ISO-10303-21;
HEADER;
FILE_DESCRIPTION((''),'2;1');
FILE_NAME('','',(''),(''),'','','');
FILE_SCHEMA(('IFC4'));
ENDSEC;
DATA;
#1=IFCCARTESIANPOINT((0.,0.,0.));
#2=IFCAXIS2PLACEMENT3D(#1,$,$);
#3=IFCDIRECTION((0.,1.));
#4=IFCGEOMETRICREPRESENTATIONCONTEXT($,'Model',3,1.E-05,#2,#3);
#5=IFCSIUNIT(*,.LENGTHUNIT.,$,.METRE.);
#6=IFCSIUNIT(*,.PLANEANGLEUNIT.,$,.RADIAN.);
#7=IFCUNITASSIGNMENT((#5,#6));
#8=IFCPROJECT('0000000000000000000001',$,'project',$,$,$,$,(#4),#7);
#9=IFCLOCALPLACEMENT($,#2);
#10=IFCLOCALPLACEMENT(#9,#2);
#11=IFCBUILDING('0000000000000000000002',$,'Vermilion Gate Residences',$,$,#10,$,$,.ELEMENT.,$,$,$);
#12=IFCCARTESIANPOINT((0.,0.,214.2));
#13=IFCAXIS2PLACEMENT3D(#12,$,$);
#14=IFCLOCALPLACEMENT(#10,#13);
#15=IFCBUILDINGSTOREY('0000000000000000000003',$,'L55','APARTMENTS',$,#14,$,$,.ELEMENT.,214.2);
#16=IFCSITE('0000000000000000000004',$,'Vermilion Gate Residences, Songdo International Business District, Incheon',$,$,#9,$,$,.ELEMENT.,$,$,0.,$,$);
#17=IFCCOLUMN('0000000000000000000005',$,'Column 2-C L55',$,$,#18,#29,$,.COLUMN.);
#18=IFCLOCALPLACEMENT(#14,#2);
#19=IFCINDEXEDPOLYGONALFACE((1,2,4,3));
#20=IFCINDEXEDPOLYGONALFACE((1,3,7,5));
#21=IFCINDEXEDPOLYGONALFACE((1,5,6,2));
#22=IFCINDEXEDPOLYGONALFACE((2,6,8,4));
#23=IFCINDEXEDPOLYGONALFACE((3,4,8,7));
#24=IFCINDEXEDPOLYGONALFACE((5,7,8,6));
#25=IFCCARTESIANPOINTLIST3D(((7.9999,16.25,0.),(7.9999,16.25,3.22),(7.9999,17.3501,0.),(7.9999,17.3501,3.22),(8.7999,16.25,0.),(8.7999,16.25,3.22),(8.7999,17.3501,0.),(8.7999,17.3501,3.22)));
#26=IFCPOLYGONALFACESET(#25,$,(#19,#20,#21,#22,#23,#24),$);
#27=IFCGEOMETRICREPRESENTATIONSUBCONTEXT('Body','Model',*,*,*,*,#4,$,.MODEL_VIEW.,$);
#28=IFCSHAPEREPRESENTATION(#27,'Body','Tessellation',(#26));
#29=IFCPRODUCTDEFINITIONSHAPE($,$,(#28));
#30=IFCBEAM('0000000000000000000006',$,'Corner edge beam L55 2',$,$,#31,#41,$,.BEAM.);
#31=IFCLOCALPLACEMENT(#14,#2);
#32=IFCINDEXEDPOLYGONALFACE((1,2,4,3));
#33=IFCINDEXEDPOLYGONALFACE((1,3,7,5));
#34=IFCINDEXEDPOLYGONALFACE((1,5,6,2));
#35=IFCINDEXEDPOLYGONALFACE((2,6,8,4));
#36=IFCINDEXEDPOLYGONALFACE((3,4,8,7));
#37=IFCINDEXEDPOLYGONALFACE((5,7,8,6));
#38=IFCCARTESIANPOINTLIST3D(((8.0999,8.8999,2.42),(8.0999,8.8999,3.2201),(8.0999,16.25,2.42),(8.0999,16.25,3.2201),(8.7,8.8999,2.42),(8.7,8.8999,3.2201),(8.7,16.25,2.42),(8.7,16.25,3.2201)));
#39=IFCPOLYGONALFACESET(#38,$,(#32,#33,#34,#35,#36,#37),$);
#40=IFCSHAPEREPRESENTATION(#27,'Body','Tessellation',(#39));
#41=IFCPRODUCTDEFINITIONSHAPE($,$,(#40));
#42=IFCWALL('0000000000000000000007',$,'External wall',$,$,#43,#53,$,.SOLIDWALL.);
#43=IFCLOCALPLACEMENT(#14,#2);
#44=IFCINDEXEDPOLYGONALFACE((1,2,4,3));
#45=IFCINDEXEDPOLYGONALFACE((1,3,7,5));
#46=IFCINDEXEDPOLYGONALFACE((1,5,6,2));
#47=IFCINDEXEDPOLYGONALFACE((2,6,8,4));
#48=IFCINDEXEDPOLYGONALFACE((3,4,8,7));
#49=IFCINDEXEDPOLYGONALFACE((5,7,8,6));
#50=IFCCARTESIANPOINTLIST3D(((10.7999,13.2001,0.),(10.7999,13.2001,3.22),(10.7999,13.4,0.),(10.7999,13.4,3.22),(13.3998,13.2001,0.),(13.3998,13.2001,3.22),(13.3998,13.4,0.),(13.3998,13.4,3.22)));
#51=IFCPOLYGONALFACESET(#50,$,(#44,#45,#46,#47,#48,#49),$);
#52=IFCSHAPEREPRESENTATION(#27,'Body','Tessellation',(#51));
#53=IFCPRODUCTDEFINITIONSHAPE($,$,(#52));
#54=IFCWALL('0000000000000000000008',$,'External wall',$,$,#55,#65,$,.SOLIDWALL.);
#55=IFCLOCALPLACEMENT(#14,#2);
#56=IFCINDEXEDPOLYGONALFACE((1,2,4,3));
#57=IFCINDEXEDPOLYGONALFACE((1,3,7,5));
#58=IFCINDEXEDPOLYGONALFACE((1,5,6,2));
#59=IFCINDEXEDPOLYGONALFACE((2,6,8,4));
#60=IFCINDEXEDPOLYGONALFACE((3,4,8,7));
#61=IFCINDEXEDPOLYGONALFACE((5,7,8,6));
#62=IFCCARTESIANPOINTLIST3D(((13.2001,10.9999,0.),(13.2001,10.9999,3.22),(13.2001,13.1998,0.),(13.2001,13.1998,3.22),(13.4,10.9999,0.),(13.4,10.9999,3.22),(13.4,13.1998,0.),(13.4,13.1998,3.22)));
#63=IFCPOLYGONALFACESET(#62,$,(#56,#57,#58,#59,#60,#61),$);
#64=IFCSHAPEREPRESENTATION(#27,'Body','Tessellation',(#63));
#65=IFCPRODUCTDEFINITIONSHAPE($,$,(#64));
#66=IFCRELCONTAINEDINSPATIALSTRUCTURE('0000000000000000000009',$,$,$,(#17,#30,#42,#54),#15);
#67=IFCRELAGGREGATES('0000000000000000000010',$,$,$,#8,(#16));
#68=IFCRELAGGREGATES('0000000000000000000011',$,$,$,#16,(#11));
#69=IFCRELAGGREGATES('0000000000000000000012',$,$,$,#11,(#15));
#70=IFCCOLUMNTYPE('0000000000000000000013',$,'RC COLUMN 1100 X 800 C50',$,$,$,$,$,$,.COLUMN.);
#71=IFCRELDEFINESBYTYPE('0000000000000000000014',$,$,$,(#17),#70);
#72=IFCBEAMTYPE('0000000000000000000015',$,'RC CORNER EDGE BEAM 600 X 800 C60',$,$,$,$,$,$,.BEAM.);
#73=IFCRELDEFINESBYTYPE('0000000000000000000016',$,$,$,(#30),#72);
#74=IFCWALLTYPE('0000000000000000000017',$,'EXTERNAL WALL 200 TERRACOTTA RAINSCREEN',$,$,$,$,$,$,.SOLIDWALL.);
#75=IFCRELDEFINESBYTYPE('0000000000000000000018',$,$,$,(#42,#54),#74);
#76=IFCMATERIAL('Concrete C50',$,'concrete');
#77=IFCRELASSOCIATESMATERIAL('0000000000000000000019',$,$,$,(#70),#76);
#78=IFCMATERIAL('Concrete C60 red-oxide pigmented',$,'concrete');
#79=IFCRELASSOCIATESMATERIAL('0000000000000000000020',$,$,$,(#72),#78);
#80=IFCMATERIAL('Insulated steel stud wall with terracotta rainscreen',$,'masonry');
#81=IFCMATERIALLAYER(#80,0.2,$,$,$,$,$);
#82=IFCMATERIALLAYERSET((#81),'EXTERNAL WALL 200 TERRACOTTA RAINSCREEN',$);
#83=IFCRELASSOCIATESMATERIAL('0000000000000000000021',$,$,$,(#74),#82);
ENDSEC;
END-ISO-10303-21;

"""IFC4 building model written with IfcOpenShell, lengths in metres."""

from ifc_helpers import new_model, si_unit, direction, frame, frame_2d, origin, origin_2d, place, context, subcontext, project, spatial, rectangle, extrude, material, layer, layer_set, material_profile, profile_set, type_object, element, save


model = new_model("IFC4")

# Units and contexts
model_context = context("Model", 3, precision=1e-05, world=origin(), true_north=direction((0.0, 1.0)))
body_context = subcontext(model_context, "Body", "Model", "MODEL_VIEW")
ifc_project = project(units=[si_unit("LENGTHUNIT", "METRE"), si_unit("PLANEANGLEUNIT", "RADIAN")], contexts=[model_context])

# Site, building, storey
site_placement = place(None, origin())
site = spatial("IfcSite", under=ifc_project, at=site_placement, Name="Vermilion Gate Residences, Songdo International Business District, Incheon", CompositionType="ELEMENT", RefElevation=0.0)
building_placement = place(site_placement, origin())
building = spatial("IfcBuilding", under=site, at=building_placement, Name="Vermilion Gate Residences", CompositionType="ELEMENT")
storey_placement = place(building_placement, frame((0.0, 0.0, 214.2)))
storey = spatial("IfcBuildingStorey", under=building, at=storey_placement, Name="L55", Description="APARTMENTS", CompositionType="ELEMENT", Elevation=214.2)

# Column
ifc_material_1 = material(Name="Concrete C50", Category="concrete")
ifc_material_profile_1 = material_profile(ifc_material_1, rectangle(XDim=1.1001, YDim=0.8, at=origin_2d()), Name="RC-1100x800")
ifc_profile_set_1 = profile_set([ifc_material_profile_1], Name="Concrete C50")
column_type = type_object("IfcColumnType", Name="RC COLUMN 1100 X 800 C50", PredefinedType="COLUMN", material=ifc_profile_set_1)
column_placement = place(storey_placement, frame((8.3999, 16.8, 0.0), z_axis=(0.0, 0.0, 1.0), x_axis=(0.0, 1.0, 0.0)))
element("IfcColumn", 1, at=column_placement, inside=storey, type_object=column_type, Name="Column 2-C L55", PredefinedType="COLUMN", context=body_context, shape_type="SweptSolid", body=[
    extrude(rectangle(XDim=1.1001, YDim=0.8, at=origin_2d()), origin(), (0.0, 0.0, 1.0), 3.22),
])

# Beam
ifc_material_2 = material(Name="Concrete C60 red-oxide pigmented", Category="concrete")
ifc_material_profile_2 = material_profile(ifc_material_2, rectangle(XDim=0.6001, YDim=0.8, at=origin_2d()), Name="RC-600x800")
ifc_profile_set_2 = profile_set([ifc_material_profile_2], Name="Concrete C60 red-oxide pigmented")
beam_type = type_object("IfcBeamType", Name="RC CORNER EDGE BEAM 600 X 800 C60", PredefinedType="BEAM", material=ifc_profile_set_2)
beam_placement = place(storey_placement, frame((8.3999, 8.8999, 2.8201), z_axis=(0.0, 1.0, 0.0), x_axis=(-1.0, 0.0, 0.0)))
element("IfcBeam", 2, at=beam_placement, inside=storey, type_object=beam_type, Name="Corner edge beam L55 2", PredefinedType="BEAM", context=body_context, shape_type="SweptSolid", body=[
    extrude(rectangle(XDim=0.6001, YDim=0.8, at=origin_2d()), origin(), (0.0, 0.0, 1.0), 7.3501),
])

# Walls
ifc_material_3 = material(Name="Insulated steel stud wall with terracotta rainscreen", Category="masonry")
ifc_layer_1 = layer(ifc_material_3, 0.2)
ifc_layer_set_1 = layer_set([ifc_layer_1], Name="EXTERNAL WALL 200 TERRACOTTA RAINSCREEN")
wall_type_1 = type_object("IfcWallType", Name="EXTERNAL WALL 200 TERRACOTTA RAINSCREEN", PredefinedType="SOLIDWALL", material=ifc_layer_set_1)
wall_1_placement = place(storey_placement, frame((10.8, 13.3, 0.0), z_axis=(0.0, 0.0, 1.0), x_axis=(1.0, 0.0, 0.0)))
element("IfcWall", 3, at=wall_1_placement, inside=storey, type_object=wall_type_1, Name="External wall", PredefinedType="SOLIDWALL", context=body_context, shape_type="SweptSolid", body=[
    extrude(rectangle(XDim=2.5999, YDim=0.2, at=frame_2d((1.2998, 0.0))), origin(), (0.0, 0.0, 1.0), 3.22),
])
wall_2_placement = place(storey_placement, frame((13.3, 13.2, 0.0), z_axis=(0.0, 0.0, 1.0), x_axis=(0.0, -1.0, 0.0)))
element("IfcWall", 4, at=wall_2_placement, inside=storey, type_object=wall_type_1, Name="External wall", PredefinedType="SOLIDWALL", context=body_context, shape_type="SweptSolid", body=[
    extrude(rectangle(XDim=2.2, YDim=0.2, at=frame_2d((1.1001, 0.0))), origin(), (0.0, 0.0, 1.0), 3.22),
])

save(model, "model.ifc")
